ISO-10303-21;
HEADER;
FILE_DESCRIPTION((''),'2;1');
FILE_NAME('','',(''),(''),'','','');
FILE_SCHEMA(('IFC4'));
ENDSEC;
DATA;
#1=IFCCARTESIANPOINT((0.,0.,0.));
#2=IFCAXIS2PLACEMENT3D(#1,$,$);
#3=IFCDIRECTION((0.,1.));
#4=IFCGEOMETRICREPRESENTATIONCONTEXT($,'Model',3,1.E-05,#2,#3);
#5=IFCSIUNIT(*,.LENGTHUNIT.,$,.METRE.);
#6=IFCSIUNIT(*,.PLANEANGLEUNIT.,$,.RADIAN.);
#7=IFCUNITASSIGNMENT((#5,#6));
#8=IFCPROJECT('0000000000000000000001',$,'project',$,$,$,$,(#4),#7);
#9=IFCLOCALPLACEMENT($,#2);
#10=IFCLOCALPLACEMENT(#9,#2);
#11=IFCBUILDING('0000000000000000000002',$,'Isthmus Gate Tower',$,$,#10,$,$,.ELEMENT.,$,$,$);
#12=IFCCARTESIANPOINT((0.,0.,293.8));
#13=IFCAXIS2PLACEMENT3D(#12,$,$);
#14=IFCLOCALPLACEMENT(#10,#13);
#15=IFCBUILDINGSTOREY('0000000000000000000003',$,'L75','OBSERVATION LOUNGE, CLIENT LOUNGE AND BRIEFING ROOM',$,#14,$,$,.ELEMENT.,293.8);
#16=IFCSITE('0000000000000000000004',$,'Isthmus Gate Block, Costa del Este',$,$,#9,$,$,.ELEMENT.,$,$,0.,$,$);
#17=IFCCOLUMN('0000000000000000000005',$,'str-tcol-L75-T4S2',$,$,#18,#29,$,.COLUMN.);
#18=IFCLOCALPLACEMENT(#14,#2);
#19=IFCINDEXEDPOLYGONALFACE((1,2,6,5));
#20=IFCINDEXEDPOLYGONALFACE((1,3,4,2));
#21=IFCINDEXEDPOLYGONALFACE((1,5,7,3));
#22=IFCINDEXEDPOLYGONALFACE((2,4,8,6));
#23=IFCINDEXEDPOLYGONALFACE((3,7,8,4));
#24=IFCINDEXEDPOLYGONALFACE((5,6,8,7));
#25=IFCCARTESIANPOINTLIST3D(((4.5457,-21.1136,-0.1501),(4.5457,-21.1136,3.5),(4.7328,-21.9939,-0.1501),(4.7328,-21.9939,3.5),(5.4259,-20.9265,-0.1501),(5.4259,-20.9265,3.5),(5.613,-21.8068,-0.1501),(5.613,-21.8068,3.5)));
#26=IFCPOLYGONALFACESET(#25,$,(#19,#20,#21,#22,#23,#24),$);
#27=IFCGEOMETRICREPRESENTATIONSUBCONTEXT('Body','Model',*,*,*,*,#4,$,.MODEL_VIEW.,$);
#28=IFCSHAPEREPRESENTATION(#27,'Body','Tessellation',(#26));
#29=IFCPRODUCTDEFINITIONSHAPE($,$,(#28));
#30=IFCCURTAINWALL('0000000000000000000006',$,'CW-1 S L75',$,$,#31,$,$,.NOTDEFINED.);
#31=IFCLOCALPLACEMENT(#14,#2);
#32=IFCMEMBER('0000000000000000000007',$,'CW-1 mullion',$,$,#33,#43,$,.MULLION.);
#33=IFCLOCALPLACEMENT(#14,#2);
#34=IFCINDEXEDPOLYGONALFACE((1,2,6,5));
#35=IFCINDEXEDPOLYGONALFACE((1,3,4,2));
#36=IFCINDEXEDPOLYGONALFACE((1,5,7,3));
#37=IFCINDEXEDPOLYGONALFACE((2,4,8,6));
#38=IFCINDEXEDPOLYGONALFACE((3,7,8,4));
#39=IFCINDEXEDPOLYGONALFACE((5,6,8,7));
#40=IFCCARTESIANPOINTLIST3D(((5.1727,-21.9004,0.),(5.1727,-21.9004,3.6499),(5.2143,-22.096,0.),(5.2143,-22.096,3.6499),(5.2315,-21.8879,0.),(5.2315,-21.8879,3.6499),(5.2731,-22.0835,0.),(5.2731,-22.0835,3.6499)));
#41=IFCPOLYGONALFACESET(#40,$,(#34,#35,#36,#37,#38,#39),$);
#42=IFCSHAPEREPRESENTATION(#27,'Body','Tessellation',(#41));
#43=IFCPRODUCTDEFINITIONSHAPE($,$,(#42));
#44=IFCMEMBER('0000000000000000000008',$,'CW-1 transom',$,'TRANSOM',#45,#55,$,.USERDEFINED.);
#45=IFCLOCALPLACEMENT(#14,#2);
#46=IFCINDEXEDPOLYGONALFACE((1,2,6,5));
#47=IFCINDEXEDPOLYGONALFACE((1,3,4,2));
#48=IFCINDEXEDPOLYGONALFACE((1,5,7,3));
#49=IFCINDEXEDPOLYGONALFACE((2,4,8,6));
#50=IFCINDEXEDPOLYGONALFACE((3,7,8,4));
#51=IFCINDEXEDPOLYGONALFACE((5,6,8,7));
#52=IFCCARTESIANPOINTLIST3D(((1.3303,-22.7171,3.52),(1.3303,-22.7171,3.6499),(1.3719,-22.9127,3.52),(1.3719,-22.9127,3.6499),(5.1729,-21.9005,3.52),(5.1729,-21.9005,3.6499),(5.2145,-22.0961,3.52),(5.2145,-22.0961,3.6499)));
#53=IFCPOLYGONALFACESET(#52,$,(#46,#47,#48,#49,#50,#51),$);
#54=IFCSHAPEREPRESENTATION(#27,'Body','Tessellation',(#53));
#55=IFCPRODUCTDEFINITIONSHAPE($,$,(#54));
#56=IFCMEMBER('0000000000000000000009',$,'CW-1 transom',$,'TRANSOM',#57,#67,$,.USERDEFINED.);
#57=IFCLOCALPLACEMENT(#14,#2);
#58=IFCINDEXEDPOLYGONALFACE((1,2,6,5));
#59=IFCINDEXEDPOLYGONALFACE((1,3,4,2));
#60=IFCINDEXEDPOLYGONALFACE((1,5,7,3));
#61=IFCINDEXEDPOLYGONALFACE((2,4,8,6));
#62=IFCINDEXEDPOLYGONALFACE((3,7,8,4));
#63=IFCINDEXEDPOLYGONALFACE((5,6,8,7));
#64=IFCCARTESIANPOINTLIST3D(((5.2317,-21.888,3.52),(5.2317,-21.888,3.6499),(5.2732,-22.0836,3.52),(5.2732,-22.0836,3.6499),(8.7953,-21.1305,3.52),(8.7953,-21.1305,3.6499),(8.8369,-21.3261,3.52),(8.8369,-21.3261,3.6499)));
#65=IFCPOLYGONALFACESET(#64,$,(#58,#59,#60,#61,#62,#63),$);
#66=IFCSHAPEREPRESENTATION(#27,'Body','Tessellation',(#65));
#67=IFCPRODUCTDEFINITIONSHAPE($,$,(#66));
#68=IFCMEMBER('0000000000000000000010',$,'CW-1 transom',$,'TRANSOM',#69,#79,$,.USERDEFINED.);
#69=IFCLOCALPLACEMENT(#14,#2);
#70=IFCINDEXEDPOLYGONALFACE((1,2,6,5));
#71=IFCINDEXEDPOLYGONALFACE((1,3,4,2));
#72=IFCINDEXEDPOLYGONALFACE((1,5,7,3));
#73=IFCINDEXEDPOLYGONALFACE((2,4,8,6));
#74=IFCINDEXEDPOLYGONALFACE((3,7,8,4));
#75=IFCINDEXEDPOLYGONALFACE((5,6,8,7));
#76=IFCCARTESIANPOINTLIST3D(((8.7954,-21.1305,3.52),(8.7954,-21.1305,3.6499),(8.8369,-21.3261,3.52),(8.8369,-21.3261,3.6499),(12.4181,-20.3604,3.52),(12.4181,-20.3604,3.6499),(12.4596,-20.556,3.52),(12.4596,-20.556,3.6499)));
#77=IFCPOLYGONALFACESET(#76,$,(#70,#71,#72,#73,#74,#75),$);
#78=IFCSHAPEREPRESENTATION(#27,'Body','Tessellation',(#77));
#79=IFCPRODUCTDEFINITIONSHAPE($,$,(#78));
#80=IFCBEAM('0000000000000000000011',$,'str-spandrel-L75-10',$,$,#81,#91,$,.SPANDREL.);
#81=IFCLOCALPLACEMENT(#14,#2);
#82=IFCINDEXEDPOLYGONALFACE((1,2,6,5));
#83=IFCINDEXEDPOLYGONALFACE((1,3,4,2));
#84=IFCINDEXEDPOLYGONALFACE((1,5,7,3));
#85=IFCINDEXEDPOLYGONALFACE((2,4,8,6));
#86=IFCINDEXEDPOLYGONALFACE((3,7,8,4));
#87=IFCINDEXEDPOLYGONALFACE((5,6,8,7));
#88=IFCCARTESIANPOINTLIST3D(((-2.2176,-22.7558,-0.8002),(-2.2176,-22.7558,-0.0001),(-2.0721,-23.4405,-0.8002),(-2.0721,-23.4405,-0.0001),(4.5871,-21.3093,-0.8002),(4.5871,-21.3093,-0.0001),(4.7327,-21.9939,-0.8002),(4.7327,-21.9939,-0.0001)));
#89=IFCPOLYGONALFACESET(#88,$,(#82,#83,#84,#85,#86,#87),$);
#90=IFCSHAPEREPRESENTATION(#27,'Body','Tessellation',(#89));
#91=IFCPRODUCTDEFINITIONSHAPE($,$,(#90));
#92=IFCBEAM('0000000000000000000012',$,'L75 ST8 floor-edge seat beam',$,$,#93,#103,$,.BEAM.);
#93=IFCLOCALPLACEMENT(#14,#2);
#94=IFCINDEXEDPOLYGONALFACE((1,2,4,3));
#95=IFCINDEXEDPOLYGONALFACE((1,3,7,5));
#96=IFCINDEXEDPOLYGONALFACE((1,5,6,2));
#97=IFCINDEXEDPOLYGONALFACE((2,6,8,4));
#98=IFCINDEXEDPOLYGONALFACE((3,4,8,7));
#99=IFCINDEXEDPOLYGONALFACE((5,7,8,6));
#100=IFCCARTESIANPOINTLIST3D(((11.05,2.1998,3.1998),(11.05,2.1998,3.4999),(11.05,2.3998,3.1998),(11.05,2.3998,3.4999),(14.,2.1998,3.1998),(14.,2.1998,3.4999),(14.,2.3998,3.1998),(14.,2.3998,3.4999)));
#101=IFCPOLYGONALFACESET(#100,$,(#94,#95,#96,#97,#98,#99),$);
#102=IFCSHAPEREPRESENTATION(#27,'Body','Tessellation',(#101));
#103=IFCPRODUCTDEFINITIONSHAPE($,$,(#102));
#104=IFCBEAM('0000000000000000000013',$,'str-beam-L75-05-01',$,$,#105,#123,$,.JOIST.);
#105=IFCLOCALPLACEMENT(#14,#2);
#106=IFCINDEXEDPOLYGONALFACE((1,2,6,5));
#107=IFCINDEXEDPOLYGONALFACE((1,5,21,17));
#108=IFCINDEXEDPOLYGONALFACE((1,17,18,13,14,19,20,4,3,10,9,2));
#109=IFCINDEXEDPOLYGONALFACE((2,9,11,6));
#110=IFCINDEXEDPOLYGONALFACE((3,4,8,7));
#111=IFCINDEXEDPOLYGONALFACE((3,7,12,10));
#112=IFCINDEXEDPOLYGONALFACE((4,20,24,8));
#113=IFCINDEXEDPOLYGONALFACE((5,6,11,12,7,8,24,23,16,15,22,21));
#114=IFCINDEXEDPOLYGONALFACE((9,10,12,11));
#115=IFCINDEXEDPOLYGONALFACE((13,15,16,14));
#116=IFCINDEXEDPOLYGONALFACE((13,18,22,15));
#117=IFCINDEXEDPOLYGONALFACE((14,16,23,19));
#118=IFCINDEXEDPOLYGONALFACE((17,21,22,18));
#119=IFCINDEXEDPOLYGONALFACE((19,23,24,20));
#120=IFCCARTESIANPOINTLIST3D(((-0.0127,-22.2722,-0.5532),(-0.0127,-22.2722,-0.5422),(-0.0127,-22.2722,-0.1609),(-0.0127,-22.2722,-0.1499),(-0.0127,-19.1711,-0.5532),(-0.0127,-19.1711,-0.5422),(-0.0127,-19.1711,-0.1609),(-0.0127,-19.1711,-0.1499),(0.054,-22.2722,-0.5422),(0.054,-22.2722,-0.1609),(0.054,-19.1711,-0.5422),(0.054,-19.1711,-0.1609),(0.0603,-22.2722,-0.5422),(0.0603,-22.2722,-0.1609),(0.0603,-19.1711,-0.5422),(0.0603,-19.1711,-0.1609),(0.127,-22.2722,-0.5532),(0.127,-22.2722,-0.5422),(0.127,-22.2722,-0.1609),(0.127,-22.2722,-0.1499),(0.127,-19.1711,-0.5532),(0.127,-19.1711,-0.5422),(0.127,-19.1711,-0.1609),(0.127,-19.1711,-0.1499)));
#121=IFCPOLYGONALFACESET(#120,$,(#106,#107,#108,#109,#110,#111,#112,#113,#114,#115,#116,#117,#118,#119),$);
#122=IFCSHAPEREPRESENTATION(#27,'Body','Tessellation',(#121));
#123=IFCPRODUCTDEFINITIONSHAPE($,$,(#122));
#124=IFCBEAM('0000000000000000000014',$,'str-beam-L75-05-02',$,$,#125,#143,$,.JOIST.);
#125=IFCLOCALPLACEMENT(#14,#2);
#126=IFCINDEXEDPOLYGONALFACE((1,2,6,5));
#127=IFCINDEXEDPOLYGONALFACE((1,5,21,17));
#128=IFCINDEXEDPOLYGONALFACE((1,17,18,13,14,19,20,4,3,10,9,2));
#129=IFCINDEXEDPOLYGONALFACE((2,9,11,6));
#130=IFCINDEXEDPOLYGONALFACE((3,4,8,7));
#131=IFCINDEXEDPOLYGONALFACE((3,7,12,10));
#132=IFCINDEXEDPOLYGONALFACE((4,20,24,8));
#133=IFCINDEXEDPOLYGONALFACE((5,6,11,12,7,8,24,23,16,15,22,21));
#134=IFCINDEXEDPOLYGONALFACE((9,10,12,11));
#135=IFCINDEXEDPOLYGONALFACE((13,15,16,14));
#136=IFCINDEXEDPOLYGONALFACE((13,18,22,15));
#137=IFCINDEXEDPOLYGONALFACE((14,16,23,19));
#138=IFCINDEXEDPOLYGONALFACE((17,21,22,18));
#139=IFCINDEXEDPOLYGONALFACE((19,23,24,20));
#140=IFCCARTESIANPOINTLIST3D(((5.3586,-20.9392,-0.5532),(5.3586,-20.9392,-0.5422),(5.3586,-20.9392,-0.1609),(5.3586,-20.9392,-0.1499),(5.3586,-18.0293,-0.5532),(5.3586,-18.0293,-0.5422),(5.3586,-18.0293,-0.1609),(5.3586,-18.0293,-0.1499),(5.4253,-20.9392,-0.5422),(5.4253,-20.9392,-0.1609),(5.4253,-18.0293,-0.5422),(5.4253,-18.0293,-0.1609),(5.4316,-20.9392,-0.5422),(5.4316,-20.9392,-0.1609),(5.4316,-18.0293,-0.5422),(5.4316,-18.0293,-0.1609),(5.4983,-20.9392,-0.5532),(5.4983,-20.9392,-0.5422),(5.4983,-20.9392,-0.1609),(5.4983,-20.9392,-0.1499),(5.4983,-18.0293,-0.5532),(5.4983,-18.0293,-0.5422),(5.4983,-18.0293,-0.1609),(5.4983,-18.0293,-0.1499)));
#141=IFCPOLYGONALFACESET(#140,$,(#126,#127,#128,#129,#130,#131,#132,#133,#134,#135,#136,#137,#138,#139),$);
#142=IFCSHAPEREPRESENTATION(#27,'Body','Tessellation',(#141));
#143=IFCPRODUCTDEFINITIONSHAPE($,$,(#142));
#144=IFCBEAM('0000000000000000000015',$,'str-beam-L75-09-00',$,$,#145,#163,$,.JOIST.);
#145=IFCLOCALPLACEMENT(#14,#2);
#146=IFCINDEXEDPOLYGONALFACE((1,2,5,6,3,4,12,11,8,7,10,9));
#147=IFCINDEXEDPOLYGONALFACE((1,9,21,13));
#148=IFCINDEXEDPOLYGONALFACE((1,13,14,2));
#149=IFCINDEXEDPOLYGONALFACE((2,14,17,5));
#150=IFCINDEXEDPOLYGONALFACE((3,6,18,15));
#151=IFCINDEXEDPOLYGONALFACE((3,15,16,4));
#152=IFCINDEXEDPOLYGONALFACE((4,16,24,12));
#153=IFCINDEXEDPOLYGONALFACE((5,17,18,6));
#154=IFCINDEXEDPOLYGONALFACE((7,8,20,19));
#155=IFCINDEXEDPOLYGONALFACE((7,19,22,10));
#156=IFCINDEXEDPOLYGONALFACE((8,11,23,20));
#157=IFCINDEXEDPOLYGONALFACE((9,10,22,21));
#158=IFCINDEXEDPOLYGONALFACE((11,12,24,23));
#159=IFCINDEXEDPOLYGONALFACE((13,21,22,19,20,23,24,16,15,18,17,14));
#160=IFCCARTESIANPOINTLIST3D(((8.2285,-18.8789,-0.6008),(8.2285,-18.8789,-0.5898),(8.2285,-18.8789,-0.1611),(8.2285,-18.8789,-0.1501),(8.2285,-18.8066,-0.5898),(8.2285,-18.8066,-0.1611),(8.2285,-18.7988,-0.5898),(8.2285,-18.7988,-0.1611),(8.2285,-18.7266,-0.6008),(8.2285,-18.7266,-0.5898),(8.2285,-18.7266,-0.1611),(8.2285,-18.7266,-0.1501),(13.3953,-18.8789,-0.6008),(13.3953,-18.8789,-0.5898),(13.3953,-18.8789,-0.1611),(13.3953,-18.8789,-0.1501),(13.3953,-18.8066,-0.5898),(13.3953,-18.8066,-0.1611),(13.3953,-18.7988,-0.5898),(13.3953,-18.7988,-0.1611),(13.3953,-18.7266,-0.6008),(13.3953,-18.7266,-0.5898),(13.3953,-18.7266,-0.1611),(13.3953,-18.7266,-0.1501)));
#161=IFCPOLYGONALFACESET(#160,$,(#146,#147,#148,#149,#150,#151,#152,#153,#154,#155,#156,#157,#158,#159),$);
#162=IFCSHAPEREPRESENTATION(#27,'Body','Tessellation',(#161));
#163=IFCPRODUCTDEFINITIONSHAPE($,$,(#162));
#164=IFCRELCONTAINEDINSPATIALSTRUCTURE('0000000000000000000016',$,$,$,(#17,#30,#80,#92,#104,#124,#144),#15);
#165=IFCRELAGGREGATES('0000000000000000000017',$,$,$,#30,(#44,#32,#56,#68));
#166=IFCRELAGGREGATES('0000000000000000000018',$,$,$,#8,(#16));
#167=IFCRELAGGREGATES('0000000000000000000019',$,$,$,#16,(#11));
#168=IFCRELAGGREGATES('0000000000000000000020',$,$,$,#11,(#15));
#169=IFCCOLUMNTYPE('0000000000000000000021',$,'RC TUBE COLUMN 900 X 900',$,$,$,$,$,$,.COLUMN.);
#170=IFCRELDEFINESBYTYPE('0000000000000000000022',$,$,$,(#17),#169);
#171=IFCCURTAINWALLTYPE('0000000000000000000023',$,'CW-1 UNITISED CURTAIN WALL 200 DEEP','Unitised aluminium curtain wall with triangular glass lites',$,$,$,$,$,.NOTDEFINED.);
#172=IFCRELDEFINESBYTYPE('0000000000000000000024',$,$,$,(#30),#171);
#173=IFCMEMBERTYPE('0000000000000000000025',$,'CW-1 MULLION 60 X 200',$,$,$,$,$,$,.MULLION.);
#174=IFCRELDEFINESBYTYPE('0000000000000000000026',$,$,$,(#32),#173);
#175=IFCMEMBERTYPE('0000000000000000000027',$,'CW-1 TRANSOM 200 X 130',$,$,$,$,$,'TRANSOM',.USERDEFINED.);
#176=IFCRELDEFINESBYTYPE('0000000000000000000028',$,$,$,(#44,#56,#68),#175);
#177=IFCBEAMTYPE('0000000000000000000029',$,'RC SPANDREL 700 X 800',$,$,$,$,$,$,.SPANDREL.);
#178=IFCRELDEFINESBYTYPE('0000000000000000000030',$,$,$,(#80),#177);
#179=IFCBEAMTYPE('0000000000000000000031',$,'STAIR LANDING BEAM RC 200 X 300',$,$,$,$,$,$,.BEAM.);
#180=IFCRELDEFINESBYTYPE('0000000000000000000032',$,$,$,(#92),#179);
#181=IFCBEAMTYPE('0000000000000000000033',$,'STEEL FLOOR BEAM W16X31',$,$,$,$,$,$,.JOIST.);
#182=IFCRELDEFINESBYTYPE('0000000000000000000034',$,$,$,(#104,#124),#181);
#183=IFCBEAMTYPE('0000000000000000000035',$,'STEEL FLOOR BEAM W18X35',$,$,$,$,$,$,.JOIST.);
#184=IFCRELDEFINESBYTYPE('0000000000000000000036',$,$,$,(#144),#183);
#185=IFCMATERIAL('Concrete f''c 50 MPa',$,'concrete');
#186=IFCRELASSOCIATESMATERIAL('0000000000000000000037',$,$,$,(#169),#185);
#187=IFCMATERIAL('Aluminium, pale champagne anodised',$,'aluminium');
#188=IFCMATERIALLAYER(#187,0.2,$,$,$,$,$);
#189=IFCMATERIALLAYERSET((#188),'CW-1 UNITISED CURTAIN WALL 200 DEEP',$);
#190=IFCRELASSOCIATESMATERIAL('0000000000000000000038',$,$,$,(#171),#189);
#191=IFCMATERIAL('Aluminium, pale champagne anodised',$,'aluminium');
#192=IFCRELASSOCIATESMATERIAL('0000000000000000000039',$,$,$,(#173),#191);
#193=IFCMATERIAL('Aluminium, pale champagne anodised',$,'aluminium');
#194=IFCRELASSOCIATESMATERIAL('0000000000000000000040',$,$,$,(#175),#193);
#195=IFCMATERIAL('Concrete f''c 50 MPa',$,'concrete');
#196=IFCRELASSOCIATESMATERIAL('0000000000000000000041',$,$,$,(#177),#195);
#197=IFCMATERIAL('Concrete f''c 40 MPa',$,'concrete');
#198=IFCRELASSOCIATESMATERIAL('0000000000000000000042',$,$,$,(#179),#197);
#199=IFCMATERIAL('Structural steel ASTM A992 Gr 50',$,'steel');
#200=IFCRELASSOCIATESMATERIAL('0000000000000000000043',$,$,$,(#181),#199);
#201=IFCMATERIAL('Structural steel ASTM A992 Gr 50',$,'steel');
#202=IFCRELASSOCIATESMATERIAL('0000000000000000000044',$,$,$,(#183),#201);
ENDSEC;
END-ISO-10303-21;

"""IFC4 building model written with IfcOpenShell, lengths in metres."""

from ifc_helpers import new_model, si_unit, direction, frame, origin, origin_2d, place, context, subcontext, project, spatial, rectangle, i_section, extrude, material, layer, layer_set, material_profile, profile_set, type_object, element, aggregate, save


model = new_model("IFC4")

# Units and contexts
model_context = context("Model", 3, precision=1e-05, world=origin(), true_north=direction((0.0, 1.0)))
body_context = subcontext(model_context, "Body", "Model", "MODEL_VIEW")
ifc_project = project(units=[si_unit("LENGTHUNIT", "METRE"), si_unit("PLANEANGLEUNIT", "RADIAN")], contexts=[model_context])

# Site, building, storey
site_placement = place(None, origin())
site = spatial("IfcSite", under=ifc_project, at=site_placement, Name="Isthmus Gate Block, Costa del Este", CompositionType="ELEMENT", RefElevation=0.0)
building_placement = place(site_placement, origin())
building = spatial("IfcBuilding", under=site, at=building_placement, Name="Isthmus Gate Tower", CompositionType="ELEMENT")
storey_placement = place(building_placement, frame((0.0, 0.0, 293.8)))
storey = spatial("IfcBuildingStorey", under=building, at=storey_placement, Name="L75", Description="OBSERVATION LOUNGE, CLIENT LOUNGE AND BRIEFING ROOM", CompositionType="ELEMENT", Elevation=293.8)

# Column
ifc_material_1 = material(Name="Concrete f'c 50 MPa", Category="concrete")
ifc_material_profile_1 = material_profile(ifc_material_1, rectangle(XDim=0.8999, YDim=0.8999, at=origin_2d()), Name="RC 900X900")
ifc_profile_set_1 = profile_set([ifc_material_profile_1], Name="Concrete f'c 50 MPa")
column_type = type_object("IfcColumnType", Name="RC TUBE COLUMN 900 X 900", PredefinedType="COLUMN", material=ifc_profile_set_1)
column_placement = place(storey_placement, frame((5.0793, -21.4602, -0.1501), z_axis=(0.0, 0.0, 1.0), x_axis=(0.978148, 0.207912, 0.0)))
element("IfcColumn", 1, at=column_placement, inside=storey, type_object=column_type, Name="str-tcol-L75-T4S2", PredefinedType="COLUMN", context=body_context, shape_type="SweptSolid", body=[
    extrude(rectangle(XDim=0.8999, YDim=0.8999, at=origin_2d()), origin(), (0.0, 0.0, 1.0), 3.6501),
])

# Curtain wall, members
ifc_material_2 = material(Name="Aluminium, pale champagne anodised", Category="aluminium")
ifc_layer_1 = layer(ifc_material_2, 0.2)
ifc_layer_set_1 = layer_set([ifc_layer_1], Name="CW-1 UNITISED CURTAIN WALL 200 DEEP")
curtain_wall_type = type_object("IfcCurtainWallType", Name="CW-1 UNITISED CURTAIN WALL 200 DEEP", Description="Unitised aluminium curtain wall with triangular glass lites", PredefinedType="NOTDEFINED", material=ifc_layer_set_1)
curtain_wall_placement = place(storey_placement, origin())
curtain_wall = element("IfcCurtainWall", 2, at=curtain_wall_placement, inside=storey, type_object=curtain_wall_type, Name="CW-1 S L75", PredefinedType="NOTDEFINED")
ifc_material_3 = material(Name="Aluminium, pale champagne anodised", Category="aluminium")
ifc_material_profile_2 = material_profile(ifc_material_3, rectangle(XDim=0.0601, YDim=0.2, at=origin_2d()), Name="60x200")
ifc_profile_set_2 = profile_set([ifc_material_profile_2], Name="Aluminium, pale champagne anodised")
member_type_1 = type_object("IfcMemberType", Name="CW-1 MULLION 60 X 200", PredefinedType="MULLION", material=ifc_profile_set_2)
member_1_placement = place(storey_placement, frame((5.2229, -21.9919, 0.0), z_axis=(0.0, 0.0, 1.0), x_axis=(0.978148, 0.207912, 0.0)))
member_1 = element("IfcMember", 3, at=member_1_placement, type_object=member_type_1, Name="CW-1 mullion", PredefinedType="MULLION", context=body_context, shape_type="SweptSolid", body=[
    extrude(rectangle(XDim=0.0601, YDim=0.2, at=origin_2d()), origin(), (0.0, 0.0, 1.0), 3.6499),
])
ifc_material_4 = material(Name="Aluminium, pale champagne anodised", Category="aluminium")
ifc_material_profile_3 = material_profile(ifc_material_4, rectangle(XDim=0.2, YDim=0.1299, at=origin_2d()), Name="200x130")
ifc_profile_set_3 = profile_set([ifc_material_profile_3], Name="Aluminium, pale champagne anodised")
member_type_2 = type_object("IfcMemberType", Name="CW-1 TRANSOM 200 X 130", ElementType="TRANSOM", PredefinedType="USERDEFINED", material=ifc_profile_set_3)
member_2_placement = place(storey_placement, frame((1.3511, -22.8149, 3.585), z_axis=(0.978153, 0.207886, 0.0), x_axis=(-0.207886, 0.978153, 0.0)))
member_2 = element("IfcMember", 4, at=member_2_placement, type_object=member_type_2, Name="CW-1 transom", ObjectType="TRANSOM", PredefinedType="USERDEFINED", context=body_context, shape_type="SweptSolid", body=[
    extrude(rectangle(XDim=0.2, YDim=0.1299, at=origin_2d()), origin(), (0.0, 0.0, 1.0), 3.9285),
])
member_3_placement = place(storey_placement, frame((5.2524, -21.9858, 3.585), z_axis=(0.978143, 0.207932, 0.0), x_axis=(-0.207932, 0.978143, 0.0)))
member_3 = element("IfcMember", 5, at=member_3_placement, type_object=member_type_2, Name="CW-1 transom", ObjectType="TRANSOM", PredefinedType="USERDEFINED", context=body_context, shape_type="SweptSolid", body=[
    extrude(rectangle(XDim=0.2, YDim=0.1299, at=origin_2d()), origin(), (0.0, 0.0, 1.0), 3.6433),
])
member_4_placement = place(storey_placement, frame((8.8162, -21.2283, 3.585), z_axis=(0.978146, 0.207917, 0.0), x_axis=(-0.207917, 0.978146, 0.0)))
member_4 = element("IfcMember", 6, at=member_4_placement, type_object=member_type_2, Name="CW-1 transom", ObjectType="TRANSOM", PredefinedType="USERDEFINED", context=body_context, shape_type="SweptSolid", body=[
    extrude(rectangle(XDim=0.2, YDim=0.1299, at=origin_2d()), origin(), (0.0, 0.0, 1.0), 3.7036),
])

# Beams
ifc_material_5 = material(Name="Concrete f'c 50 MPa", Category="concrete")
ifc_material_profile_4 = material_profile(ifc_material_5, rectangle(XDim=0.7, YDim=0.8, at=origin_2d()), Name="RC 700X800")
ifc_profile_set_4 = profile_set([ifc_material_profile_4], Name="Concrete f'c 50 MPa")
beam_type_1 = type_object("IfcBeamType", Name="RC SPANDREL 700 X 800", PredefinedType="SPANDREL", material=ifc_profile_set_4)
beam_1_placement = place(storey_placement, frame((4.6599, -21.6516, -0.4001), z_axis=(-0.978143, -0.207933, 0.0), x_axis=(0.207933, -0.978143, 0.0)))
element("IfcBeam", 7, at=beam_1_placement, inside=storey, type_object=beam_type_1, Name="str-spandrel-L75-10", PredefinedType="SPANDREL", context=body_context, shape_type="SweptSolid", body=[
    extrude(rectangle(XDim=0.7, YDim=0.8, at=origin_2d()), origin(), (0.0, 0.0, 1.0), 6.9568),
])
ifc_material_6 = material(Name="Concrete f'c 40 MPa", Category="concrete")
ifc_material_profile_5 = material_profile(ifc_material_6, rectangle(XDim=0.2, YDim=0.3, at=origin_2d()), Name="STAIR LANDING BEAM RC 200 X 300")
ifc_profile_set_5 = profile_set([ifc_material_profile_5], Name="Concrete f'c 40 MPa")
beam_type_2 = type_object("IfcBeamType", Name="STAIR LANDING BEAM RC 200 X 300", PredefinedType="BEAM", material=ifc_profile_set_5)
beam_2_placement = place(storey_placement, frame((11.05, 2.2998, 3.3499), z_axis=(1.0, 0.0, 0.0), x_axis=(0.0, 1.0, 0.0)))
element("IfcBeam", 8, at=beam_2_placement, inside=storey, type_object=beam_type_2, Name="L75 ST8 floor-edge seat beam", PredefinedType="BEAM", context=body_context, shape_type="SweptSolid", body=[
    extrude(rectangle(XDim=0.2, YDim=0.3, at=origin_2d()), origin(), (0.0, 0.0, 1.0), 2.95),
])
ifc_material_7 = material(Name="Structural steel ASTM A992 Gr 50", Category="steel")
ifc_material_profile_6 = material_profile(ifc_material_7, i_section(OverallWidth=0.1396, OverallDepth=0.4033, WebThickness=0.0063, FlangeThickness=0.011, at=origin_2d()), Name="W16X31")
ifc_profile_set_6 = profile_set([ifc_material_profile_6], Name="Structural steel ASTM A992 Gr 50")
beam_type_3 = type_object("IfcBeamType", Name="STEEL FLOOR BEAM W16X31", PredefinedType="JOIST", material=ifc_profile_set_6)
beam_3_placement = place(storey_placement, frame((0.0571, -22.2722, -0.3516), z_axis=(0.0, 1.0, 0.0), x_axis=(-1.0, 0.0, 0.0)))
element("IfcBeam", 9, at=beam_3_placement, inside=storey, type_object=beam_type_3, Name="str-beam-L75-05-01", PredefinedType="JOIST", context=body_context, shape_type="SweptSolid", body=[
    extrude(i_section(OverallWidth=0.1396, OverallDepth=0.4033, WebThickness=0.0063, FlangeThickness=0.011, at=origin_2d()), origin(), (0.0, 0.0, 1.0), 3.1011),
])
beam_4_placement = place(storey_placement, frame((5.4285, -20.9392, -0.3516), z_axis=(0.0, 1.0, 0.0), x_axis=(-1.0, 0.0, 0.0)))
element("IfcBeam", 10, at=beam_4_placement, inside=storey, type_object=beam_type_3, Name="str-beam-L75-05-02", PredefinedType="JOIST", context=body_context, shape_type="SweptSolid", body=[
    extrude(i_section(OverallWidth=0.1396, OverallDepth=0.4033, WebThickness=0.0063, FlangeThickness=0.011, at=origin_2d()), origin(), (0.0, 0.0, 1.0), 2.9099),
])
ifc_material_8 = material(Name="Structural steel ASTM A992 Gr 50", Category="steel")
ifc_material_profile_7 = material_profile(ifc_material_8, i_section(OverallWidth=0.1523, OverallDepth=0.4507, WebThickness=0.0078, FlangeThickness=0.011, at=origin_2d()), Name="W18X35")
ifc_profile_set_7 = profile_set([ifc_material_profile_7], Name="Structural steel ASTM A992 Gr 50")
beam_type_4 = type_object("IfcBeamType", Name="STEEL FLOOR BEAM W18X35", PredefinedType="JOIST", material=ifc_profile_set_7)
for number, where, z_axis, x_axis, name in (
    (11, (8.2285, -18.8027, -0.3755), (1.0, 0.0, 0.0), (0.0, 1.0, 0.0), "str-beam-L75-09-00"),
):
    element("IfcBeam", number, at=place(storey_placement, frame(where, z_axis=z_axis, x_axis=x_axis)), inside=storey, type_object=beam_type_4, Name=name, PredefinedType="JOIST", context=body_context, shape_type="SweptSolid", body=[
        extrude(i_section(OverallWidth=0.1523, OverallDepth=0.4507, WebThickness=0.0078, FlangeThickness=0.011, at=origin_2d()), origin(), (0.0, 0.0, 1.0), 5.1667),
    ])

aggregate(curtain_wall, [member_2, member_1, member_3, member_4])

save(model, "model.ifc")
